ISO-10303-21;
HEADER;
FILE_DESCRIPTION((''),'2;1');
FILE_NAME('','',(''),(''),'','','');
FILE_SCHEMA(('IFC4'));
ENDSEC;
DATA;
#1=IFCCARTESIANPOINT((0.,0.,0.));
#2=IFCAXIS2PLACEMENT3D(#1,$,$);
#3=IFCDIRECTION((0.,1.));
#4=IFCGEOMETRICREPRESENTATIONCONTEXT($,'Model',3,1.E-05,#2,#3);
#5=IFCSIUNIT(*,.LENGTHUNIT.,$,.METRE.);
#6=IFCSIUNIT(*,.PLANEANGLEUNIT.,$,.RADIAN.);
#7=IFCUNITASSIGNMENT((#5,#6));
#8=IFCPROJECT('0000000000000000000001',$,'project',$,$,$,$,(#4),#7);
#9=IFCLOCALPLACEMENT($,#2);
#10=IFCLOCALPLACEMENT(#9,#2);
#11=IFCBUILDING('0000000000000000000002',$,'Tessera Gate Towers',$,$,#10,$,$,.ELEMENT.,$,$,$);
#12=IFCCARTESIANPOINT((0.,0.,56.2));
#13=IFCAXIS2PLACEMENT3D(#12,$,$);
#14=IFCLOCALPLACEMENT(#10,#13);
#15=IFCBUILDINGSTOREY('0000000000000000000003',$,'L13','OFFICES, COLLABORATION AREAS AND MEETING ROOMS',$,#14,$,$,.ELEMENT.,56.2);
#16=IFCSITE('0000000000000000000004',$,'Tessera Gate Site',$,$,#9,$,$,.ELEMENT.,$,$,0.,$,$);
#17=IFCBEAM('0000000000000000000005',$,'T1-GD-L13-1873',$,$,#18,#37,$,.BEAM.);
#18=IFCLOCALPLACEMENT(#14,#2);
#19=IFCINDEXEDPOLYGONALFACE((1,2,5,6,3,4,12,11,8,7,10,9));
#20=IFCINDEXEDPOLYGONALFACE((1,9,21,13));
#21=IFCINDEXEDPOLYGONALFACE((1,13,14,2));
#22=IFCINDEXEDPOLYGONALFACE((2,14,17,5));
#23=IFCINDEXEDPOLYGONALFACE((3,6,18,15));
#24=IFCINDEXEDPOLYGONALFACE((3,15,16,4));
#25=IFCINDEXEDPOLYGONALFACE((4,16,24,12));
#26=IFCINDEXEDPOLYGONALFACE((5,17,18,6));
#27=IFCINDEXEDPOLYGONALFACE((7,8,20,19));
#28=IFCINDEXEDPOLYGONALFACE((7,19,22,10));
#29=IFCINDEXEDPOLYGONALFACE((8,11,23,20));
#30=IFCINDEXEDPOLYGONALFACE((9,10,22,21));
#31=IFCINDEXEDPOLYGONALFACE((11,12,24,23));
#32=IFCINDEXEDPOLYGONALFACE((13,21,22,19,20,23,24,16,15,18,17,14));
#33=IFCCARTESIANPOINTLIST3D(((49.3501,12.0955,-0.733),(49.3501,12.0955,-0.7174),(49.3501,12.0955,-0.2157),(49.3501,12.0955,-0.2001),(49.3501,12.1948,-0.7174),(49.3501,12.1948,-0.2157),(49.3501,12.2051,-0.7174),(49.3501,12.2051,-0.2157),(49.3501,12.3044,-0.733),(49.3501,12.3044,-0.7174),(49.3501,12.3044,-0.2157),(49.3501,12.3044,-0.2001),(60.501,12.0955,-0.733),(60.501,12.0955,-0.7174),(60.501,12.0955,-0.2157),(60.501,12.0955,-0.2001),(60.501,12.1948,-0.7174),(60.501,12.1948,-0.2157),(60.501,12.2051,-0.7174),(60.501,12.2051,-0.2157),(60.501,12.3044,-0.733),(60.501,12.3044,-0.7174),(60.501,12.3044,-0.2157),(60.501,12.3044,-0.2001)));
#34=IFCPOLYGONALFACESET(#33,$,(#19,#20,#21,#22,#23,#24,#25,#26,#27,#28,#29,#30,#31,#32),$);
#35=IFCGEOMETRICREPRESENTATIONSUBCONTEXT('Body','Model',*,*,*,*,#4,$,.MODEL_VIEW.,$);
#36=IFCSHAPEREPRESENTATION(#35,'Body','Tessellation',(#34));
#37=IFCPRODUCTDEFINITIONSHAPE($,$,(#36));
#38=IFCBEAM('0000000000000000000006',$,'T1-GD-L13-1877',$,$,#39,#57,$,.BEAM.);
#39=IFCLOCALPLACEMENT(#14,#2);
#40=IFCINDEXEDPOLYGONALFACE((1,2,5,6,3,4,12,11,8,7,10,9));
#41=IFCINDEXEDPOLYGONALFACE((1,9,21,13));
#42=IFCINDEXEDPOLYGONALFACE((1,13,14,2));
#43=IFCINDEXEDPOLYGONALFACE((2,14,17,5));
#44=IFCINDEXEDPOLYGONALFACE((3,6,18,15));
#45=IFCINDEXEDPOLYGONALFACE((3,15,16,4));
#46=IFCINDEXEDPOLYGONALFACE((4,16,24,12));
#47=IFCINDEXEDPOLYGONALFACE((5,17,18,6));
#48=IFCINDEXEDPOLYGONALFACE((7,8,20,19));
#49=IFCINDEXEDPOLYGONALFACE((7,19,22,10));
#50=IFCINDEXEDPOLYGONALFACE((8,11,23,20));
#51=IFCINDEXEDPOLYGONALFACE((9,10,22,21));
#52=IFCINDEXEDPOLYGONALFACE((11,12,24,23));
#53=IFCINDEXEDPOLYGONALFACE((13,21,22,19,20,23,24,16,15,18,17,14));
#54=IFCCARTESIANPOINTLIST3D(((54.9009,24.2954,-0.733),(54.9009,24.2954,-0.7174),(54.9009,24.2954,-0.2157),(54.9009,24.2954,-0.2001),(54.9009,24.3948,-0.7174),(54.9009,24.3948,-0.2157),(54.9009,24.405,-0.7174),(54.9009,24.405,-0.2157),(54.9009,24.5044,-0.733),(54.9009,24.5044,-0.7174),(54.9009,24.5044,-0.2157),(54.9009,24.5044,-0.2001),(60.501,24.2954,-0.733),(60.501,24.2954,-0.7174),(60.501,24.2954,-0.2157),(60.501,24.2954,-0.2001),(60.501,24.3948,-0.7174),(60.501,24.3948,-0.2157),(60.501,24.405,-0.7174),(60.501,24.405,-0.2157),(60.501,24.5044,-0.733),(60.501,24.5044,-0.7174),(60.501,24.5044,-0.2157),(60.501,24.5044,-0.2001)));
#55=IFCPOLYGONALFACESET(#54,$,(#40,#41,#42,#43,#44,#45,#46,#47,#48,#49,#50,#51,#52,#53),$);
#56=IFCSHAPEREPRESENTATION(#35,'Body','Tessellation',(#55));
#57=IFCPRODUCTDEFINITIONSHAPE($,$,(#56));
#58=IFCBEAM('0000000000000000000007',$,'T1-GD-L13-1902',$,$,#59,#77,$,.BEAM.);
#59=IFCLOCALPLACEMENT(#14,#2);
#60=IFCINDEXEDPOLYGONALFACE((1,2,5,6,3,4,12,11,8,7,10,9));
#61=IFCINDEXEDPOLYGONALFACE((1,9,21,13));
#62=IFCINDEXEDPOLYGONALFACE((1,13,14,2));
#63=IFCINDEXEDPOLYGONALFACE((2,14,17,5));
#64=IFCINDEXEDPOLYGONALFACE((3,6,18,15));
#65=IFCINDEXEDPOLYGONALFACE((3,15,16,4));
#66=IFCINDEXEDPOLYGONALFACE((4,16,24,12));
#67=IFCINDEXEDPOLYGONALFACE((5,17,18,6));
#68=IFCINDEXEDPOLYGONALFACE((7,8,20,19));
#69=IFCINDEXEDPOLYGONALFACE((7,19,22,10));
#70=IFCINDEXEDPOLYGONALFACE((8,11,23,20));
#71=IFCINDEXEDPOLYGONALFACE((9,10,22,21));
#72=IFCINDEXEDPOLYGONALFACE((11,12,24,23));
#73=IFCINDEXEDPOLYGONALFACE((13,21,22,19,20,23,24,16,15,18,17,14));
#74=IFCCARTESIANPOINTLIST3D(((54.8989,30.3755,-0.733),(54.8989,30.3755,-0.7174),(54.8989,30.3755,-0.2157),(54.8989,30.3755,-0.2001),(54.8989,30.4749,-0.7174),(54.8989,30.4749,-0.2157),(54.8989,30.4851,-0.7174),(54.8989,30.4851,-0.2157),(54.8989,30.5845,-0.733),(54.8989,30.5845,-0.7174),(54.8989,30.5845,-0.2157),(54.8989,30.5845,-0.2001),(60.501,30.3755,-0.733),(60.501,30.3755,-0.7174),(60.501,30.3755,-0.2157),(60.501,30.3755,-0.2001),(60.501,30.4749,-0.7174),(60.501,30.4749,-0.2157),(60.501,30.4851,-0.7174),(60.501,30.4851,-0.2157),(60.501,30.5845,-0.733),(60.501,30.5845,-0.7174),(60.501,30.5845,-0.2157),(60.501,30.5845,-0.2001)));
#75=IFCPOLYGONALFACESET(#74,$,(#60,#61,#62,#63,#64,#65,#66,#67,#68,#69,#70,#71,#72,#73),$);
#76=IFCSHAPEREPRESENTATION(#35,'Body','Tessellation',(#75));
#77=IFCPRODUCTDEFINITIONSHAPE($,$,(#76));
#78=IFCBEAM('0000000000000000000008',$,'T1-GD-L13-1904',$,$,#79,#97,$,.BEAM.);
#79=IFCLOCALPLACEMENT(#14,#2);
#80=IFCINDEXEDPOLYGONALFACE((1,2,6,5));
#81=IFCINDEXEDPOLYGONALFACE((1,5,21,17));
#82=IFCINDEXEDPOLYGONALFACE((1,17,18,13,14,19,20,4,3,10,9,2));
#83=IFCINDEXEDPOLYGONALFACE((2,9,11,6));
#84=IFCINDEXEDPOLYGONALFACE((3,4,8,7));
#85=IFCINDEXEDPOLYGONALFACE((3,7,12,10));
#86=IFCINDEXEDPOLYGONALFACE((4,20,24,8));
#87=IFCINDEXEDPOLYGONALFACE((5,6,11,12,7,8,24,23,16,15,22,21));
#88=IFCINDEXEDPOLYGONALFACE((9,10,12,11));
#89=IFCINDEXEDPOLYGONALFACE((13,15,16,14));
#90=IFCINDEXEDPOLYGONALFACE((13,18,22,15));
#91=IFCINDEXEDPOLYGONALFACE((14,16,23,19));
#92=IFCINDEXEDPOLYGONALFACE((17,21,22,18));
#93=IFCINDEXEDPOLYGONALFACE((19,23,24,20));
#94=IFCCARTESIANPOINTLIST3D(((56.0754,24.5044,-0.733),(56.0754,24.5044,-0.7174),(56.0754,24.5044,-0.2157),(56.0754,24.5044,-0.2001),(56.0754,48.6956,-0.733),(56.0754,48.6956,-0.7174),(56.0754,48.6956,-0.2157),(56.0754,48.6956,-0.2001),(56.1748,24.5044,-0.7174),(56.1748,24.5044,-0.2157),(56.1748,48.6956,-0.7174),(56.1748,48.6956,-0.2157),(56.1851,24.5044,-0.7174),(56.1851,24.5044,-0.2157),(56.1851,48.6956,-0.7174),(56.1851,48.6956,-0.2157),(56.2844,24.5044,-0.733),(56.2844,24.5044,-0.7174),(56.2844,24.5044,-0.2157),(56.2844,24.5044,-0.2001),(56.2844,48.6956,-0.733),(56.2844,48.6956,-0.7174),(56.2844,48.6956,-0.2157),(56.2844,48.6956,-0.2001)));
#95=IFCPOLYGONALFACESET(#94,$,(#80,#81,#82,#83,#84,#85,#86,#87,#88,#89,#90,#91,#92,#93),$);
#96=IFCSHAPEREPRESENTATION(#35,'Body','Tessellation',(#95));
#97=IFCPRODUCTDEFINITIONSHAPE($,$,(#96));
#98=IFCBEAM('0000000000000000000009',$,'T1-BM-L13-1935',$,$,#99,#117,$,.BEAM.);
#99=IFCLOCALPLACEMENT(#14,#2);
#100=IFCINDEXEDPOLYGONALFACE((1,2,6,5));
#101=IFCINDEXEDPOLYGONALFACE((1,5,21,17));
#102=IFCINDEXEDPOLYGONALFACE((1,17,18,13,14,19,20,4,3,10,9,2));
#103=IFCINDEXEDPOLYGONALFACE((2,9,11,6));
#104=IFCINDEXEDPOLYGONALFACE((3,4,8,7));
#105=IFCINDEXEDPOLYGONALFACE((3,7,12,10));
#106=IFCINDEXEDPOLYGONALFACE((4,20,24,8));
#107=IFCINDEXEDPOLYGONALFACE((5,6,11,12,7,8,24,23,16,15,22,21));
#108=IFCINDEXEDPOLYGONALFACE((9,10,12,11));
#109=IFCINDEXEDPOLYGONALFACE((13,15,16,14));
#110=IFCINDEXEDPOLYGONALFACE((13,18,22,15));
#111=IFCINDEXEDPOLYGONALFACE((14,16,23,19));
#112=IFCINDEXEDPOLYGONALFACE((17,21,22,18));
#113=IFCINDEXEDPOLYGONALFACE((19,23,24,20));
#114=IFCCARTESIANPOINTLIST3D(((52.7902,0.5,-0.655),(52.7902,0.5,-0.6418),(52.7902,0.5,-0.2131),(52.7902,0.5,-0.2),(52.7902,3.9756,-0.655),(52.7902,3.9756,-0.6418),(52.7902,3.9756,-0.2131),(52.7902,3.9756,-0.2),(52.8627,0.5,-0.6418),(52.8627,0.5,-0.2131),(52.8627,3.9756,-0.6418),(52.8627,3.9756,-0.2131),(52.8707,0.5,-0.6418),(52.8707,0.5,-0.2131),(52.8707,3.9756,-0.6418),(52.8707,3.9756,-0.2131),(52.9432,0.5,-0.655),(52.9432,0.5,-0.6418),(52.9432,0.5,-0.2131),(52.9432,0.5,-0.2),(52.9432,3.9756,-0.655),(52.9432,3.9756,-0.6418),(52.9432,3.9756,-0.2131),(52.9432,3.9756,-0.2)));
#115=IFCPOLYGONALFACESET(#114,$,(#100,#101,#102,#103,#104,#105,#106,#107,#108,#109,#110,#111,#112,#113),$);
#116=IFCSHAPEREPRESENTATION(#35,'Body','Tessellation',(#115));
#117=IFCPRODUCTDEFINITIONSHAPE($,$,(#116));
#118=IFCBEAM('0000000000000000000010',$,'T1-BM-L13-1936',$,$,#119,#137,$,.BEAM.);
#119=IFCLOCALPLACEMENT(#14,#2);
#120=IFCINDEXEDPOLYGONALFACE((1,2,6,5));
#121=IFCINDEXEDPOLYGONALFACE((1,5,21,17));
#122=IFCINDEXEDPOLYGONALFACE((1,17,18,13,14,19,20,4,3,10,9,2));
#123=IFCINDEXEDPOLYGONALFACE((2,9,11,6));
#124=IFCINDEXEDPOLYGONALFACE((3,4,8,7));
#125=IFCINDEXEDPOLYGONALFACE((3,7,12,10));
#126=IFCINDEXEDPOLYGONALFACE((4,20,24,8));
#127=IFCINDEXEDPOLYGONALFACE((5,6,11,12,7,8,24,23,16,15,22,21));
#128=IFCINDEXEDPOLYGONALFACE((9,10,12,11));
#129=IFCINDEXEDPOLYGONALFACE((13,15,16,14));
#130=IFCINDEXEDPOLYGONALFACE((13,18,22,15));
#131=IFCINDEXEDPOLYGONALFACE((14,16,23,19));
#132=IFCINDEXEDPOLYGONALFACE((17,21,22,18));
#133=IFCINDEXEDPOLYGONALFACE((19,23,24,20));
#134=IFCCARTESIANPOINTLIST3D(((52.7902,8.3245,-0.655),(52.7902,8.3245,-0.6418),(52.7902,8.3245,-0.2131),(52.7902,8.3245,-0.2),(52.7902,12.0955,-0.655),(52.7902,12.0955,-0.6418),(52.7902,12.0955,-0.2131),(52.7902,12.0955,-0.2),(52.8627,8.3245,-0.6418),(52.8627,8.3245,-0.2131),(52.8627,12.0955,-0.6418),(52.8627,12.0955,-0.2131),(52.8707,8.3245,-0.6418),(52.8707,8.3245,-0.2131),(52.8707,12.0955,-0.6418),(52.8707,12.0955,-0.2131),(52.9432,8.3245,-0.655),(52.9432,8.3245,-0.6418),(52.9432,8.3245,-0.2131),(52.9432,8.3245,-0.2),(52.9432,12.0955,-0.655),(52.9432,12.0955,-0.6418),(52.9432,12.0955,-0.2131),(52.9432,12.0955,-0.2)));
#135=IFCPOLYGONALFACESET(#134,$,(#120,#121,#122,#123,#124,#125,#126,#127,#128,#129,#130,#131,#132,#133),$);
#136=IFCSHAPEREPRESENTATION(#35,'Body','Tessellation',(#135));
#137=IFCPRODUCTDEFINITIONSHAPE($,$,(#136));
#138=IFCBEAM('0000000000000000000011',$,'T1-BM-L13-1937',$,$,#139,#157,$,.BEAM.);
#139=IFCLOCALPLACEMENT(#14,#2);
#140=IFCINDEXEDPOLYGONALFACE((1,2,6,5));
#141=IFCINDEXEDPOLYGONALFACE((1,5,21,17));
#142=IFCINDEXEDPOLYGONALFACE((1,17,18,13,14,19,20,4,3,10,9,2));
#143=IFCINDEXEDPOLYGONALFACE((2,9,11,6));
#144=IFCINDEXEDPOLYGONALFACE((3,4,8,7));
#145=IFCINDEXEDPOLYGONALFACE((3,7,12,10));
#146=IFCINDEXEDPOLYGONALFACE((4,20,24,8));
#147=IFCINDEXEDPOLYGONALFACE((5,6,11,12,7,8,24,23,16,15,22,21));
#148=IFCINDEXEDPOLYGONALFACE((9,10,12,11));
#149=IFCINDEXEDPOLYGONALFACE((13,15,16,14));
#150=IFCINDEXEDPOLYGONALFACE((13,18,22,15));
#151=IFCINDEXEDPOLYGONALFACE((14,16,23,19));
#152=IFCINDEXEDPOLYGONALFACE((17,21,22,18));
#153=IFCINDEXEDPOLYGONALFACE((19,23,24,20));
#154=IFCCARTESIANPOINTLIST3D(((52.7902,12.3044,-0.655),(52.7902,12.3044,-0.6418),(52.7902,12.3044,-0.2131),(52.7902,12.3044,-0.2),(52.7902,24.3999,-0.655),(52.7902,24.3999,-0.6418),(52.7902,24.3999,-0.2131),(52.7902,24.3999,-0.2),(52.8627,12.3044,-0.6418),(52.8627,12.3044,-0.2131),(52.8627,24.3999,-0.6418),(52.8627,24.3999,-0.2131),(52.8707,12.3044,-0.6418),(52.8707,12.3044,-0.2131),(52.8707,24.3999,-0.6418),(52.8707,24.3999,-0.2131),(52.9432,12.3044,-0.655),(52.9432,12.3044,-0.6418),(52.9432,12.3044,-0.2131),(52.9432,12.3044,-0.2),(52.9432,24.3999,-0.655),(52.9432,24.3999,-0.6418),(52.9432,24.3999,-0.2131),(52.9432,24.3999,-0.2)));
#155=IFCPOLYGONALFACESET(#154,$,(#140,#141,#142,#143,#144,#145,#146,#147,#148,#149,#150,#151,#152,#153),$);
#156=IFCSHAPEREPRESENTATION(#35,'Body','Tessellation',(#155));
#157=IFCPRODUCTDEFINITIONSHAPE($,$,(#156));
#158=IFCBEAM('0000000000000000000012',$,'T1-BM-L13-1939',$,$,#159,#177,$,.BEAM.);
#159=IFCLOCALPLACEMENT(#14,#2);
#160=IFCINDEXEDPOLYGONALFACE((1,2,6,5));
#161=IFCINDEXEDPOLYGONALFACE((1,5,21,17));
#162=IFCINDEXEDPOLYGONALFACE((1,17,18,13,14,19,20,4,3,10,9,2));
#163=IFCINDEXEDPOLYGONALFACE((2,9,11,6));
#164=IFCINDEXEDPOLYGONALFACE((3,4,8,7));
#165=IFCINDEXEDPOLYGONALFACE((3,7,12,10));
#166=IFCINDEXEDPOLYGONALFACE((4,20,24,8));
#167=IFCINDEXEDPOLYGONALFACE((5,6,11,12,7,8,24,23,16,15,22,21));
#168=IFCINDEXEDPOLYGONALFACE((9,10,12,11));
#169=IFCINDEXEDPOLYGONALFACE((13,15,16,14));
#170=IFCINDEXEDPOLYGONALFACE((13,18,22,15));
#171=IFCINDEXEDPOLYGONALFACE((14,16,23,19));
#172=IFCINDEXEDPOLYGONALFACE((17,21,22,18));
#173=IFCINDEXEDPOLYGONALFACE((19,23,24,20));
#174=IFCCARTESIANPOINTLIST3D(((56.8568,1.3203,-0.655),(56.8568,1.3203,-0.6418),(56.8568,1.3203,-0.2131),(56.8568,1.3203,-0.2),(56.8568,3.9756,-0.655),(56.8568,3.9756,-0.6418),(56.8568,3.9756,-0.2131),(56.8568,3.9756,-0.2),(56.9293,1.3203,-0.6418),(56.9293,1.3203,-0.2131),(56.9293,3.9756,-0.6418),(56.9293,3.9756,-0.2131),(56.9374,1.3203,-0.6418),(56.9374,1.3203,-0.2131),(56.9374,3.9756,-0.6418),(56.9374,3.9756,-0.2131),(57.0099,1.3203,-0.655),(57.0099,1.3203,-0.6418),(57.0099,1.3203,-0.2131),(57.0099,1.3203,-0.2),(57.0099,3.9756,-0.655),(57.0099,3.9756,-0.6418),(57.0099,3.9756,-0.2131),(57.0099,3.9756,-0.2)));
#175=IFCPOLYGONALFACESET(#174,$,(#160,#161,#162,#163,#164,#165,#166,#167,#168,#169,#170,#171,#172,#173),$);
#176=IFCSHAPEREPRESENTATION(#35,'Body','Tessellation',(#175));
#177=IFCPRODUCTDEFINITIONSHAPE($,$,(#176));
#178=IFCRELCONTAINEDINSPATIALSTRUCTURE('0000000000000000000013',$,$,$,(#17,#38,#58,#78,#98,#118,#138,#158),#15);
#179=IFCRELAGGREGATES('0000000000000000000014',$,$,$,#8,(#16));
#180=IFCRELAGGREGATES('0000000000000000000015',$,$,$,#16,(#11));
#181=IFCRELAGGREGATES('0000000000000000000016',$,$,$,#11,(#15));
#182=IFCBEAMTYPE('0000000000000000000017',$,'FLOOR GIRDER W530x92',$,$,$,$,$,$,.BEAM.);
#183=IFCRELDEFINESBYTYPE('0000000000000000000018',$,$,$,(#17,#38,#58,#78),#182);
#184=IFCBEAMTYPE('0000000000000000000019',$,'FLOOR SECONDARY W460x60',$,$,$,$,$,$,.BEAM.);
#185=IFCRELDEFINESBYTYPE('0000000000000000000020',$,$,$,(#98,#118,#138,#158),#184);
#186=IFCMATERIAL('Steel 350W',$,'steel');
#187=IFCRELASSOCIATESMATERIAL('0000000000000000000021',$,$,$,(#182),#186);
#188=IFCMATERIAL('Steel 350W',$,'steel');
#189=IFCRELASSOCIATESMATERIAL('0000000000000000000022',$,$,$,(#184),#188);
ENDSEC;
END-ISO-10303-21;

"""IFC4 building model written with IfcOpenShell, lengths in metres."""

from ifc_helpers import new_model, si_unit, direction, frame, origin, origin_2d, place, context, subcontext, project, spatial, i_section, extrude, material, material_profile, profile_set, type_object, element, save


model = new_model("IFC4")

# Units and contexts
model_context = context("Model", 3, precision=1e-05, world=origin(), true_north=direction((0.0, 1.0)))
body_context = subcontext(model_context, "Body", "Model", "MODEL_VIEW")
ifc_project = project(units=[si_unit("LENGTHUNIT", "METRE"), si_unit("PLANEANGLEUNIT", "RADIAN")], contexts=[model_context])

# Site, building, storey
site_placement = place(None, origin())
site = spatial("IfcSite", under=ifc_project, at=site_placement, Name="Tessera Gate Site", CompositionType="ELEMENT", RefElevation=0.0)
building_placement = place(site_placement, origin())
building = spatial("IfcBuilding", under=site, at=building_placement, Name="Tessera Gate Towers", CompositionType="ELEMENT")
storey_placement = place(building_placement, frame((0.0, 0.0, 56.2)))
storey = spatial("IfcBuildingStorey", under=building, at=storey_placement, Name="L13", Description="OFFICES, COLLABORATION AREAS AND MEETING ROOMS", CompositionType="ELEMENT", Elevation=56.2)

# Beams
ifc_material_1 = material(Name="Steel 350W", Category="steel")
ifc_material_profile_1 = material_profile(ifc_material_1, i_section(OverallWidth=0.209, OverallDepth=0.533, WebThickness=0.0103, FlangeThickness=0.0156, at=origin_2d()), Name="W530x92")
ifc_profile_set_1 = profile_set([ifc_material_profile_1], Name="Steel 350W")
beam_type_1 = type_object("IfcBeamType", Name="FLOOR GIRDER W530x92", PredefinedType="BEAM", material=ifc_profile_set_1)
beam_1_placement = place(storey_placement, frame((49.3501, 12.2, -0.4666), z_axis=(1.0, 0.0, 0.0), x_axis=(0.0, 1.0, 0.0)))
element("IfcBeam", 1, at=beam_1_placement, inside=storey, type_object=beam_type_1, Name="T1-GD-L13-1873", PredefinedType="BEAM", context=body_context, shape_type="SweptSolid", body=[
    extrude(i_section(OverallWidth=0.209, OverallDepth=0.533, WebThickness=0.0103, FlangeThickness=0.0156, at=origin_2d()), origin(), (0.0, 0.0, 1.0), 11.1509),
])
beam_2_placement = place(storey_placement, frame((54.9009, 24.3999, -0.4666), z_axis=(1.0, 0.0, 0.0), x_axis=(0.0, 1.0, 0.0)))
element("IfcBeam", 2, at=beam_2_placement, inside=storey, type_object=beam_type_1, Name="T1-GD-L13-1877", PredefinedType="BEAM", context=body_context, shape_type="SweptSolid", body=[
    extrude(i_section(OverallWidth=0.209, OverallDepth=0.533, WebThickness=0.0103, FlangeThickness=0.0156, at=origin_2d()), origin(), (0.0, 0.0, 1.0), 5.6001),
])
beam_3_placement = place(storey_placement, frame((54.8989, 30.48, -0.4666), z_axis=(1.0, 0.0, 0.0), x_axis=(0.0, 1.0, 0.0)))
element("IfcBeam", 3, at=beam_3_placement, inside=storey, type_object=beam_type_1, Name="T1-GD-L13-1902", PredefinedType="BEAM", context=body_context, shape_type="SweptSolid", body=[
    extrude(i_section(OverallWidth=0.209, OverallDepth=0.533, WebThickness=0.0103, FlangeThickness=0.0156, at=origin_2d()), origin(), (0.0, 0.0, 1.0), 5.6021),
])
beam_4_placement = place(storey_placement, frame((56.1799, 24.5044, -0.4666), z_axis=(0.0, 1.0, 0.0), x_axis=(-1.0, 0.0, 0.0)))
element("IfcBeam", 4, at=beam_4_placement, inside=storey, type_object=beam_type_1, Name="T1-GD-L13-1904", PredefinedType="BEAM", context=body_context, shape_type="SweptSolid", body=[
    extrude(i_section(OverallWidth=0.209, OverallDepth=0.533, WebThickness=0.0103, FlangeThickness=0.0156, at=origin_2d()), origin(), (0.0, 0.0, 1.0), 24.1912),
])
ifc_material_2 = material(Name="Steel 350W", Category="steel")
ifc_material_profile_2 = material_profile(ifc_material_2, i_section(OverallWidth=0.1531, OverallDepth=0.4551, WebThickness=0.0081, FlangeThickness=0.0132, at=origin_2d()), Name="W460x60")
ifc_profile_set_2 = profile_set([ifc_material_profile_2], Name="Steel 350W")
beam_type_2 = type_object("IfcBeamType", Name="FLOOR SECONDARY W460x60", PredefinedType="BEAM", material=ifc_profile_set_2)
beam_5_placement = place(storey_placement, frame((52.8667, 0.5, -0.4275), z_axis=(0.0, 1.0, 0.0), x_axis=(-1.0, 0.0, 0.0)))
element("IfcBeam", 5, at=beam_5_placement, inside=storey, type_object=beam_type_2, Name="T1-BM-L13-1935", PredefinedType="BEAM", context=body_context, shape_type="SweptSolid", body=[
    extrude(i_section(OverallWidth=0.1531, OverallDepth=0.4551, WebThickness=0.0081, FlangeThickness=0.0132, at=origin_2d()), origin(), (0.0, 0.0, 1.0), 3.4756),
])
beam_6_placement = place(storey_placement, frame((52.8667, 8.3245, -0.4275), z_axis=(0.0, 1.0, 0.0), x_axis=(-1.0, 0.0, 0.0)))
element("IfcBeam", 6, at=beam_6_placement, inside=storey, type_object=beam_type_2, Name="T1-BM-L13-1936", PredefinedType="BEAM", context=body_context, shape_type="SweptSolid", body=[
    extrude(i_section(OverallWidth=0.1531, OverallDepth=0.4551, WebThickness=0.0081, FlangeThickness=0.0132, at=origin_2d()), origin(), (0.0, 0.0, 1.0), 3.771),
])
beam_7_placement = place(storey_placement, frame((52.8667, 12.3044, -0.4275), z_axis=(0.0, 1.0, 0.0), x_axis=(-1.0, 0.0, 0.0)))
element("IfcBeam", 7, at=beam_7_placement, inside=storey, type_object=beam_type_2, Name="T1-BM-L13-1937", PredefinedType="BEAM", context=body_context, shape_type="SweptSolid", body=[
    extrude(i_section(OverallWidth=0.1531, OverallDepth=0.4551, WebThickness=0.0081, FlangeThickness=0.0132, at=origin_2d()), origin(), (0.0, 0.0, 1.0), 12.0955),
])
beam_8_placement = place(storey_placement, frame((56.9333, 1.3203, -0.4275), z_axis=(0.0, 1.0, 0.0), x_axis=(-1.0, 0.0, 0.0)))
element("IfcBeam", 8, at=beam_8_placement, inside=storey, type_object=beam_type_2, Name="T1-BM-L13-1939", PredefinedType="BEAM", context=body_context, shape_type="SweptSolid", body=[
    extrude(i_section(OverallWidth=0.1531, OverallDepth=0.4551, WebThickness=0.0081, FlangeThickness=0.0132, at=origin_2d()), origin(), (0.0, 0.0, 1.0), 2.6553),
])

save(model, "model.ifc")
